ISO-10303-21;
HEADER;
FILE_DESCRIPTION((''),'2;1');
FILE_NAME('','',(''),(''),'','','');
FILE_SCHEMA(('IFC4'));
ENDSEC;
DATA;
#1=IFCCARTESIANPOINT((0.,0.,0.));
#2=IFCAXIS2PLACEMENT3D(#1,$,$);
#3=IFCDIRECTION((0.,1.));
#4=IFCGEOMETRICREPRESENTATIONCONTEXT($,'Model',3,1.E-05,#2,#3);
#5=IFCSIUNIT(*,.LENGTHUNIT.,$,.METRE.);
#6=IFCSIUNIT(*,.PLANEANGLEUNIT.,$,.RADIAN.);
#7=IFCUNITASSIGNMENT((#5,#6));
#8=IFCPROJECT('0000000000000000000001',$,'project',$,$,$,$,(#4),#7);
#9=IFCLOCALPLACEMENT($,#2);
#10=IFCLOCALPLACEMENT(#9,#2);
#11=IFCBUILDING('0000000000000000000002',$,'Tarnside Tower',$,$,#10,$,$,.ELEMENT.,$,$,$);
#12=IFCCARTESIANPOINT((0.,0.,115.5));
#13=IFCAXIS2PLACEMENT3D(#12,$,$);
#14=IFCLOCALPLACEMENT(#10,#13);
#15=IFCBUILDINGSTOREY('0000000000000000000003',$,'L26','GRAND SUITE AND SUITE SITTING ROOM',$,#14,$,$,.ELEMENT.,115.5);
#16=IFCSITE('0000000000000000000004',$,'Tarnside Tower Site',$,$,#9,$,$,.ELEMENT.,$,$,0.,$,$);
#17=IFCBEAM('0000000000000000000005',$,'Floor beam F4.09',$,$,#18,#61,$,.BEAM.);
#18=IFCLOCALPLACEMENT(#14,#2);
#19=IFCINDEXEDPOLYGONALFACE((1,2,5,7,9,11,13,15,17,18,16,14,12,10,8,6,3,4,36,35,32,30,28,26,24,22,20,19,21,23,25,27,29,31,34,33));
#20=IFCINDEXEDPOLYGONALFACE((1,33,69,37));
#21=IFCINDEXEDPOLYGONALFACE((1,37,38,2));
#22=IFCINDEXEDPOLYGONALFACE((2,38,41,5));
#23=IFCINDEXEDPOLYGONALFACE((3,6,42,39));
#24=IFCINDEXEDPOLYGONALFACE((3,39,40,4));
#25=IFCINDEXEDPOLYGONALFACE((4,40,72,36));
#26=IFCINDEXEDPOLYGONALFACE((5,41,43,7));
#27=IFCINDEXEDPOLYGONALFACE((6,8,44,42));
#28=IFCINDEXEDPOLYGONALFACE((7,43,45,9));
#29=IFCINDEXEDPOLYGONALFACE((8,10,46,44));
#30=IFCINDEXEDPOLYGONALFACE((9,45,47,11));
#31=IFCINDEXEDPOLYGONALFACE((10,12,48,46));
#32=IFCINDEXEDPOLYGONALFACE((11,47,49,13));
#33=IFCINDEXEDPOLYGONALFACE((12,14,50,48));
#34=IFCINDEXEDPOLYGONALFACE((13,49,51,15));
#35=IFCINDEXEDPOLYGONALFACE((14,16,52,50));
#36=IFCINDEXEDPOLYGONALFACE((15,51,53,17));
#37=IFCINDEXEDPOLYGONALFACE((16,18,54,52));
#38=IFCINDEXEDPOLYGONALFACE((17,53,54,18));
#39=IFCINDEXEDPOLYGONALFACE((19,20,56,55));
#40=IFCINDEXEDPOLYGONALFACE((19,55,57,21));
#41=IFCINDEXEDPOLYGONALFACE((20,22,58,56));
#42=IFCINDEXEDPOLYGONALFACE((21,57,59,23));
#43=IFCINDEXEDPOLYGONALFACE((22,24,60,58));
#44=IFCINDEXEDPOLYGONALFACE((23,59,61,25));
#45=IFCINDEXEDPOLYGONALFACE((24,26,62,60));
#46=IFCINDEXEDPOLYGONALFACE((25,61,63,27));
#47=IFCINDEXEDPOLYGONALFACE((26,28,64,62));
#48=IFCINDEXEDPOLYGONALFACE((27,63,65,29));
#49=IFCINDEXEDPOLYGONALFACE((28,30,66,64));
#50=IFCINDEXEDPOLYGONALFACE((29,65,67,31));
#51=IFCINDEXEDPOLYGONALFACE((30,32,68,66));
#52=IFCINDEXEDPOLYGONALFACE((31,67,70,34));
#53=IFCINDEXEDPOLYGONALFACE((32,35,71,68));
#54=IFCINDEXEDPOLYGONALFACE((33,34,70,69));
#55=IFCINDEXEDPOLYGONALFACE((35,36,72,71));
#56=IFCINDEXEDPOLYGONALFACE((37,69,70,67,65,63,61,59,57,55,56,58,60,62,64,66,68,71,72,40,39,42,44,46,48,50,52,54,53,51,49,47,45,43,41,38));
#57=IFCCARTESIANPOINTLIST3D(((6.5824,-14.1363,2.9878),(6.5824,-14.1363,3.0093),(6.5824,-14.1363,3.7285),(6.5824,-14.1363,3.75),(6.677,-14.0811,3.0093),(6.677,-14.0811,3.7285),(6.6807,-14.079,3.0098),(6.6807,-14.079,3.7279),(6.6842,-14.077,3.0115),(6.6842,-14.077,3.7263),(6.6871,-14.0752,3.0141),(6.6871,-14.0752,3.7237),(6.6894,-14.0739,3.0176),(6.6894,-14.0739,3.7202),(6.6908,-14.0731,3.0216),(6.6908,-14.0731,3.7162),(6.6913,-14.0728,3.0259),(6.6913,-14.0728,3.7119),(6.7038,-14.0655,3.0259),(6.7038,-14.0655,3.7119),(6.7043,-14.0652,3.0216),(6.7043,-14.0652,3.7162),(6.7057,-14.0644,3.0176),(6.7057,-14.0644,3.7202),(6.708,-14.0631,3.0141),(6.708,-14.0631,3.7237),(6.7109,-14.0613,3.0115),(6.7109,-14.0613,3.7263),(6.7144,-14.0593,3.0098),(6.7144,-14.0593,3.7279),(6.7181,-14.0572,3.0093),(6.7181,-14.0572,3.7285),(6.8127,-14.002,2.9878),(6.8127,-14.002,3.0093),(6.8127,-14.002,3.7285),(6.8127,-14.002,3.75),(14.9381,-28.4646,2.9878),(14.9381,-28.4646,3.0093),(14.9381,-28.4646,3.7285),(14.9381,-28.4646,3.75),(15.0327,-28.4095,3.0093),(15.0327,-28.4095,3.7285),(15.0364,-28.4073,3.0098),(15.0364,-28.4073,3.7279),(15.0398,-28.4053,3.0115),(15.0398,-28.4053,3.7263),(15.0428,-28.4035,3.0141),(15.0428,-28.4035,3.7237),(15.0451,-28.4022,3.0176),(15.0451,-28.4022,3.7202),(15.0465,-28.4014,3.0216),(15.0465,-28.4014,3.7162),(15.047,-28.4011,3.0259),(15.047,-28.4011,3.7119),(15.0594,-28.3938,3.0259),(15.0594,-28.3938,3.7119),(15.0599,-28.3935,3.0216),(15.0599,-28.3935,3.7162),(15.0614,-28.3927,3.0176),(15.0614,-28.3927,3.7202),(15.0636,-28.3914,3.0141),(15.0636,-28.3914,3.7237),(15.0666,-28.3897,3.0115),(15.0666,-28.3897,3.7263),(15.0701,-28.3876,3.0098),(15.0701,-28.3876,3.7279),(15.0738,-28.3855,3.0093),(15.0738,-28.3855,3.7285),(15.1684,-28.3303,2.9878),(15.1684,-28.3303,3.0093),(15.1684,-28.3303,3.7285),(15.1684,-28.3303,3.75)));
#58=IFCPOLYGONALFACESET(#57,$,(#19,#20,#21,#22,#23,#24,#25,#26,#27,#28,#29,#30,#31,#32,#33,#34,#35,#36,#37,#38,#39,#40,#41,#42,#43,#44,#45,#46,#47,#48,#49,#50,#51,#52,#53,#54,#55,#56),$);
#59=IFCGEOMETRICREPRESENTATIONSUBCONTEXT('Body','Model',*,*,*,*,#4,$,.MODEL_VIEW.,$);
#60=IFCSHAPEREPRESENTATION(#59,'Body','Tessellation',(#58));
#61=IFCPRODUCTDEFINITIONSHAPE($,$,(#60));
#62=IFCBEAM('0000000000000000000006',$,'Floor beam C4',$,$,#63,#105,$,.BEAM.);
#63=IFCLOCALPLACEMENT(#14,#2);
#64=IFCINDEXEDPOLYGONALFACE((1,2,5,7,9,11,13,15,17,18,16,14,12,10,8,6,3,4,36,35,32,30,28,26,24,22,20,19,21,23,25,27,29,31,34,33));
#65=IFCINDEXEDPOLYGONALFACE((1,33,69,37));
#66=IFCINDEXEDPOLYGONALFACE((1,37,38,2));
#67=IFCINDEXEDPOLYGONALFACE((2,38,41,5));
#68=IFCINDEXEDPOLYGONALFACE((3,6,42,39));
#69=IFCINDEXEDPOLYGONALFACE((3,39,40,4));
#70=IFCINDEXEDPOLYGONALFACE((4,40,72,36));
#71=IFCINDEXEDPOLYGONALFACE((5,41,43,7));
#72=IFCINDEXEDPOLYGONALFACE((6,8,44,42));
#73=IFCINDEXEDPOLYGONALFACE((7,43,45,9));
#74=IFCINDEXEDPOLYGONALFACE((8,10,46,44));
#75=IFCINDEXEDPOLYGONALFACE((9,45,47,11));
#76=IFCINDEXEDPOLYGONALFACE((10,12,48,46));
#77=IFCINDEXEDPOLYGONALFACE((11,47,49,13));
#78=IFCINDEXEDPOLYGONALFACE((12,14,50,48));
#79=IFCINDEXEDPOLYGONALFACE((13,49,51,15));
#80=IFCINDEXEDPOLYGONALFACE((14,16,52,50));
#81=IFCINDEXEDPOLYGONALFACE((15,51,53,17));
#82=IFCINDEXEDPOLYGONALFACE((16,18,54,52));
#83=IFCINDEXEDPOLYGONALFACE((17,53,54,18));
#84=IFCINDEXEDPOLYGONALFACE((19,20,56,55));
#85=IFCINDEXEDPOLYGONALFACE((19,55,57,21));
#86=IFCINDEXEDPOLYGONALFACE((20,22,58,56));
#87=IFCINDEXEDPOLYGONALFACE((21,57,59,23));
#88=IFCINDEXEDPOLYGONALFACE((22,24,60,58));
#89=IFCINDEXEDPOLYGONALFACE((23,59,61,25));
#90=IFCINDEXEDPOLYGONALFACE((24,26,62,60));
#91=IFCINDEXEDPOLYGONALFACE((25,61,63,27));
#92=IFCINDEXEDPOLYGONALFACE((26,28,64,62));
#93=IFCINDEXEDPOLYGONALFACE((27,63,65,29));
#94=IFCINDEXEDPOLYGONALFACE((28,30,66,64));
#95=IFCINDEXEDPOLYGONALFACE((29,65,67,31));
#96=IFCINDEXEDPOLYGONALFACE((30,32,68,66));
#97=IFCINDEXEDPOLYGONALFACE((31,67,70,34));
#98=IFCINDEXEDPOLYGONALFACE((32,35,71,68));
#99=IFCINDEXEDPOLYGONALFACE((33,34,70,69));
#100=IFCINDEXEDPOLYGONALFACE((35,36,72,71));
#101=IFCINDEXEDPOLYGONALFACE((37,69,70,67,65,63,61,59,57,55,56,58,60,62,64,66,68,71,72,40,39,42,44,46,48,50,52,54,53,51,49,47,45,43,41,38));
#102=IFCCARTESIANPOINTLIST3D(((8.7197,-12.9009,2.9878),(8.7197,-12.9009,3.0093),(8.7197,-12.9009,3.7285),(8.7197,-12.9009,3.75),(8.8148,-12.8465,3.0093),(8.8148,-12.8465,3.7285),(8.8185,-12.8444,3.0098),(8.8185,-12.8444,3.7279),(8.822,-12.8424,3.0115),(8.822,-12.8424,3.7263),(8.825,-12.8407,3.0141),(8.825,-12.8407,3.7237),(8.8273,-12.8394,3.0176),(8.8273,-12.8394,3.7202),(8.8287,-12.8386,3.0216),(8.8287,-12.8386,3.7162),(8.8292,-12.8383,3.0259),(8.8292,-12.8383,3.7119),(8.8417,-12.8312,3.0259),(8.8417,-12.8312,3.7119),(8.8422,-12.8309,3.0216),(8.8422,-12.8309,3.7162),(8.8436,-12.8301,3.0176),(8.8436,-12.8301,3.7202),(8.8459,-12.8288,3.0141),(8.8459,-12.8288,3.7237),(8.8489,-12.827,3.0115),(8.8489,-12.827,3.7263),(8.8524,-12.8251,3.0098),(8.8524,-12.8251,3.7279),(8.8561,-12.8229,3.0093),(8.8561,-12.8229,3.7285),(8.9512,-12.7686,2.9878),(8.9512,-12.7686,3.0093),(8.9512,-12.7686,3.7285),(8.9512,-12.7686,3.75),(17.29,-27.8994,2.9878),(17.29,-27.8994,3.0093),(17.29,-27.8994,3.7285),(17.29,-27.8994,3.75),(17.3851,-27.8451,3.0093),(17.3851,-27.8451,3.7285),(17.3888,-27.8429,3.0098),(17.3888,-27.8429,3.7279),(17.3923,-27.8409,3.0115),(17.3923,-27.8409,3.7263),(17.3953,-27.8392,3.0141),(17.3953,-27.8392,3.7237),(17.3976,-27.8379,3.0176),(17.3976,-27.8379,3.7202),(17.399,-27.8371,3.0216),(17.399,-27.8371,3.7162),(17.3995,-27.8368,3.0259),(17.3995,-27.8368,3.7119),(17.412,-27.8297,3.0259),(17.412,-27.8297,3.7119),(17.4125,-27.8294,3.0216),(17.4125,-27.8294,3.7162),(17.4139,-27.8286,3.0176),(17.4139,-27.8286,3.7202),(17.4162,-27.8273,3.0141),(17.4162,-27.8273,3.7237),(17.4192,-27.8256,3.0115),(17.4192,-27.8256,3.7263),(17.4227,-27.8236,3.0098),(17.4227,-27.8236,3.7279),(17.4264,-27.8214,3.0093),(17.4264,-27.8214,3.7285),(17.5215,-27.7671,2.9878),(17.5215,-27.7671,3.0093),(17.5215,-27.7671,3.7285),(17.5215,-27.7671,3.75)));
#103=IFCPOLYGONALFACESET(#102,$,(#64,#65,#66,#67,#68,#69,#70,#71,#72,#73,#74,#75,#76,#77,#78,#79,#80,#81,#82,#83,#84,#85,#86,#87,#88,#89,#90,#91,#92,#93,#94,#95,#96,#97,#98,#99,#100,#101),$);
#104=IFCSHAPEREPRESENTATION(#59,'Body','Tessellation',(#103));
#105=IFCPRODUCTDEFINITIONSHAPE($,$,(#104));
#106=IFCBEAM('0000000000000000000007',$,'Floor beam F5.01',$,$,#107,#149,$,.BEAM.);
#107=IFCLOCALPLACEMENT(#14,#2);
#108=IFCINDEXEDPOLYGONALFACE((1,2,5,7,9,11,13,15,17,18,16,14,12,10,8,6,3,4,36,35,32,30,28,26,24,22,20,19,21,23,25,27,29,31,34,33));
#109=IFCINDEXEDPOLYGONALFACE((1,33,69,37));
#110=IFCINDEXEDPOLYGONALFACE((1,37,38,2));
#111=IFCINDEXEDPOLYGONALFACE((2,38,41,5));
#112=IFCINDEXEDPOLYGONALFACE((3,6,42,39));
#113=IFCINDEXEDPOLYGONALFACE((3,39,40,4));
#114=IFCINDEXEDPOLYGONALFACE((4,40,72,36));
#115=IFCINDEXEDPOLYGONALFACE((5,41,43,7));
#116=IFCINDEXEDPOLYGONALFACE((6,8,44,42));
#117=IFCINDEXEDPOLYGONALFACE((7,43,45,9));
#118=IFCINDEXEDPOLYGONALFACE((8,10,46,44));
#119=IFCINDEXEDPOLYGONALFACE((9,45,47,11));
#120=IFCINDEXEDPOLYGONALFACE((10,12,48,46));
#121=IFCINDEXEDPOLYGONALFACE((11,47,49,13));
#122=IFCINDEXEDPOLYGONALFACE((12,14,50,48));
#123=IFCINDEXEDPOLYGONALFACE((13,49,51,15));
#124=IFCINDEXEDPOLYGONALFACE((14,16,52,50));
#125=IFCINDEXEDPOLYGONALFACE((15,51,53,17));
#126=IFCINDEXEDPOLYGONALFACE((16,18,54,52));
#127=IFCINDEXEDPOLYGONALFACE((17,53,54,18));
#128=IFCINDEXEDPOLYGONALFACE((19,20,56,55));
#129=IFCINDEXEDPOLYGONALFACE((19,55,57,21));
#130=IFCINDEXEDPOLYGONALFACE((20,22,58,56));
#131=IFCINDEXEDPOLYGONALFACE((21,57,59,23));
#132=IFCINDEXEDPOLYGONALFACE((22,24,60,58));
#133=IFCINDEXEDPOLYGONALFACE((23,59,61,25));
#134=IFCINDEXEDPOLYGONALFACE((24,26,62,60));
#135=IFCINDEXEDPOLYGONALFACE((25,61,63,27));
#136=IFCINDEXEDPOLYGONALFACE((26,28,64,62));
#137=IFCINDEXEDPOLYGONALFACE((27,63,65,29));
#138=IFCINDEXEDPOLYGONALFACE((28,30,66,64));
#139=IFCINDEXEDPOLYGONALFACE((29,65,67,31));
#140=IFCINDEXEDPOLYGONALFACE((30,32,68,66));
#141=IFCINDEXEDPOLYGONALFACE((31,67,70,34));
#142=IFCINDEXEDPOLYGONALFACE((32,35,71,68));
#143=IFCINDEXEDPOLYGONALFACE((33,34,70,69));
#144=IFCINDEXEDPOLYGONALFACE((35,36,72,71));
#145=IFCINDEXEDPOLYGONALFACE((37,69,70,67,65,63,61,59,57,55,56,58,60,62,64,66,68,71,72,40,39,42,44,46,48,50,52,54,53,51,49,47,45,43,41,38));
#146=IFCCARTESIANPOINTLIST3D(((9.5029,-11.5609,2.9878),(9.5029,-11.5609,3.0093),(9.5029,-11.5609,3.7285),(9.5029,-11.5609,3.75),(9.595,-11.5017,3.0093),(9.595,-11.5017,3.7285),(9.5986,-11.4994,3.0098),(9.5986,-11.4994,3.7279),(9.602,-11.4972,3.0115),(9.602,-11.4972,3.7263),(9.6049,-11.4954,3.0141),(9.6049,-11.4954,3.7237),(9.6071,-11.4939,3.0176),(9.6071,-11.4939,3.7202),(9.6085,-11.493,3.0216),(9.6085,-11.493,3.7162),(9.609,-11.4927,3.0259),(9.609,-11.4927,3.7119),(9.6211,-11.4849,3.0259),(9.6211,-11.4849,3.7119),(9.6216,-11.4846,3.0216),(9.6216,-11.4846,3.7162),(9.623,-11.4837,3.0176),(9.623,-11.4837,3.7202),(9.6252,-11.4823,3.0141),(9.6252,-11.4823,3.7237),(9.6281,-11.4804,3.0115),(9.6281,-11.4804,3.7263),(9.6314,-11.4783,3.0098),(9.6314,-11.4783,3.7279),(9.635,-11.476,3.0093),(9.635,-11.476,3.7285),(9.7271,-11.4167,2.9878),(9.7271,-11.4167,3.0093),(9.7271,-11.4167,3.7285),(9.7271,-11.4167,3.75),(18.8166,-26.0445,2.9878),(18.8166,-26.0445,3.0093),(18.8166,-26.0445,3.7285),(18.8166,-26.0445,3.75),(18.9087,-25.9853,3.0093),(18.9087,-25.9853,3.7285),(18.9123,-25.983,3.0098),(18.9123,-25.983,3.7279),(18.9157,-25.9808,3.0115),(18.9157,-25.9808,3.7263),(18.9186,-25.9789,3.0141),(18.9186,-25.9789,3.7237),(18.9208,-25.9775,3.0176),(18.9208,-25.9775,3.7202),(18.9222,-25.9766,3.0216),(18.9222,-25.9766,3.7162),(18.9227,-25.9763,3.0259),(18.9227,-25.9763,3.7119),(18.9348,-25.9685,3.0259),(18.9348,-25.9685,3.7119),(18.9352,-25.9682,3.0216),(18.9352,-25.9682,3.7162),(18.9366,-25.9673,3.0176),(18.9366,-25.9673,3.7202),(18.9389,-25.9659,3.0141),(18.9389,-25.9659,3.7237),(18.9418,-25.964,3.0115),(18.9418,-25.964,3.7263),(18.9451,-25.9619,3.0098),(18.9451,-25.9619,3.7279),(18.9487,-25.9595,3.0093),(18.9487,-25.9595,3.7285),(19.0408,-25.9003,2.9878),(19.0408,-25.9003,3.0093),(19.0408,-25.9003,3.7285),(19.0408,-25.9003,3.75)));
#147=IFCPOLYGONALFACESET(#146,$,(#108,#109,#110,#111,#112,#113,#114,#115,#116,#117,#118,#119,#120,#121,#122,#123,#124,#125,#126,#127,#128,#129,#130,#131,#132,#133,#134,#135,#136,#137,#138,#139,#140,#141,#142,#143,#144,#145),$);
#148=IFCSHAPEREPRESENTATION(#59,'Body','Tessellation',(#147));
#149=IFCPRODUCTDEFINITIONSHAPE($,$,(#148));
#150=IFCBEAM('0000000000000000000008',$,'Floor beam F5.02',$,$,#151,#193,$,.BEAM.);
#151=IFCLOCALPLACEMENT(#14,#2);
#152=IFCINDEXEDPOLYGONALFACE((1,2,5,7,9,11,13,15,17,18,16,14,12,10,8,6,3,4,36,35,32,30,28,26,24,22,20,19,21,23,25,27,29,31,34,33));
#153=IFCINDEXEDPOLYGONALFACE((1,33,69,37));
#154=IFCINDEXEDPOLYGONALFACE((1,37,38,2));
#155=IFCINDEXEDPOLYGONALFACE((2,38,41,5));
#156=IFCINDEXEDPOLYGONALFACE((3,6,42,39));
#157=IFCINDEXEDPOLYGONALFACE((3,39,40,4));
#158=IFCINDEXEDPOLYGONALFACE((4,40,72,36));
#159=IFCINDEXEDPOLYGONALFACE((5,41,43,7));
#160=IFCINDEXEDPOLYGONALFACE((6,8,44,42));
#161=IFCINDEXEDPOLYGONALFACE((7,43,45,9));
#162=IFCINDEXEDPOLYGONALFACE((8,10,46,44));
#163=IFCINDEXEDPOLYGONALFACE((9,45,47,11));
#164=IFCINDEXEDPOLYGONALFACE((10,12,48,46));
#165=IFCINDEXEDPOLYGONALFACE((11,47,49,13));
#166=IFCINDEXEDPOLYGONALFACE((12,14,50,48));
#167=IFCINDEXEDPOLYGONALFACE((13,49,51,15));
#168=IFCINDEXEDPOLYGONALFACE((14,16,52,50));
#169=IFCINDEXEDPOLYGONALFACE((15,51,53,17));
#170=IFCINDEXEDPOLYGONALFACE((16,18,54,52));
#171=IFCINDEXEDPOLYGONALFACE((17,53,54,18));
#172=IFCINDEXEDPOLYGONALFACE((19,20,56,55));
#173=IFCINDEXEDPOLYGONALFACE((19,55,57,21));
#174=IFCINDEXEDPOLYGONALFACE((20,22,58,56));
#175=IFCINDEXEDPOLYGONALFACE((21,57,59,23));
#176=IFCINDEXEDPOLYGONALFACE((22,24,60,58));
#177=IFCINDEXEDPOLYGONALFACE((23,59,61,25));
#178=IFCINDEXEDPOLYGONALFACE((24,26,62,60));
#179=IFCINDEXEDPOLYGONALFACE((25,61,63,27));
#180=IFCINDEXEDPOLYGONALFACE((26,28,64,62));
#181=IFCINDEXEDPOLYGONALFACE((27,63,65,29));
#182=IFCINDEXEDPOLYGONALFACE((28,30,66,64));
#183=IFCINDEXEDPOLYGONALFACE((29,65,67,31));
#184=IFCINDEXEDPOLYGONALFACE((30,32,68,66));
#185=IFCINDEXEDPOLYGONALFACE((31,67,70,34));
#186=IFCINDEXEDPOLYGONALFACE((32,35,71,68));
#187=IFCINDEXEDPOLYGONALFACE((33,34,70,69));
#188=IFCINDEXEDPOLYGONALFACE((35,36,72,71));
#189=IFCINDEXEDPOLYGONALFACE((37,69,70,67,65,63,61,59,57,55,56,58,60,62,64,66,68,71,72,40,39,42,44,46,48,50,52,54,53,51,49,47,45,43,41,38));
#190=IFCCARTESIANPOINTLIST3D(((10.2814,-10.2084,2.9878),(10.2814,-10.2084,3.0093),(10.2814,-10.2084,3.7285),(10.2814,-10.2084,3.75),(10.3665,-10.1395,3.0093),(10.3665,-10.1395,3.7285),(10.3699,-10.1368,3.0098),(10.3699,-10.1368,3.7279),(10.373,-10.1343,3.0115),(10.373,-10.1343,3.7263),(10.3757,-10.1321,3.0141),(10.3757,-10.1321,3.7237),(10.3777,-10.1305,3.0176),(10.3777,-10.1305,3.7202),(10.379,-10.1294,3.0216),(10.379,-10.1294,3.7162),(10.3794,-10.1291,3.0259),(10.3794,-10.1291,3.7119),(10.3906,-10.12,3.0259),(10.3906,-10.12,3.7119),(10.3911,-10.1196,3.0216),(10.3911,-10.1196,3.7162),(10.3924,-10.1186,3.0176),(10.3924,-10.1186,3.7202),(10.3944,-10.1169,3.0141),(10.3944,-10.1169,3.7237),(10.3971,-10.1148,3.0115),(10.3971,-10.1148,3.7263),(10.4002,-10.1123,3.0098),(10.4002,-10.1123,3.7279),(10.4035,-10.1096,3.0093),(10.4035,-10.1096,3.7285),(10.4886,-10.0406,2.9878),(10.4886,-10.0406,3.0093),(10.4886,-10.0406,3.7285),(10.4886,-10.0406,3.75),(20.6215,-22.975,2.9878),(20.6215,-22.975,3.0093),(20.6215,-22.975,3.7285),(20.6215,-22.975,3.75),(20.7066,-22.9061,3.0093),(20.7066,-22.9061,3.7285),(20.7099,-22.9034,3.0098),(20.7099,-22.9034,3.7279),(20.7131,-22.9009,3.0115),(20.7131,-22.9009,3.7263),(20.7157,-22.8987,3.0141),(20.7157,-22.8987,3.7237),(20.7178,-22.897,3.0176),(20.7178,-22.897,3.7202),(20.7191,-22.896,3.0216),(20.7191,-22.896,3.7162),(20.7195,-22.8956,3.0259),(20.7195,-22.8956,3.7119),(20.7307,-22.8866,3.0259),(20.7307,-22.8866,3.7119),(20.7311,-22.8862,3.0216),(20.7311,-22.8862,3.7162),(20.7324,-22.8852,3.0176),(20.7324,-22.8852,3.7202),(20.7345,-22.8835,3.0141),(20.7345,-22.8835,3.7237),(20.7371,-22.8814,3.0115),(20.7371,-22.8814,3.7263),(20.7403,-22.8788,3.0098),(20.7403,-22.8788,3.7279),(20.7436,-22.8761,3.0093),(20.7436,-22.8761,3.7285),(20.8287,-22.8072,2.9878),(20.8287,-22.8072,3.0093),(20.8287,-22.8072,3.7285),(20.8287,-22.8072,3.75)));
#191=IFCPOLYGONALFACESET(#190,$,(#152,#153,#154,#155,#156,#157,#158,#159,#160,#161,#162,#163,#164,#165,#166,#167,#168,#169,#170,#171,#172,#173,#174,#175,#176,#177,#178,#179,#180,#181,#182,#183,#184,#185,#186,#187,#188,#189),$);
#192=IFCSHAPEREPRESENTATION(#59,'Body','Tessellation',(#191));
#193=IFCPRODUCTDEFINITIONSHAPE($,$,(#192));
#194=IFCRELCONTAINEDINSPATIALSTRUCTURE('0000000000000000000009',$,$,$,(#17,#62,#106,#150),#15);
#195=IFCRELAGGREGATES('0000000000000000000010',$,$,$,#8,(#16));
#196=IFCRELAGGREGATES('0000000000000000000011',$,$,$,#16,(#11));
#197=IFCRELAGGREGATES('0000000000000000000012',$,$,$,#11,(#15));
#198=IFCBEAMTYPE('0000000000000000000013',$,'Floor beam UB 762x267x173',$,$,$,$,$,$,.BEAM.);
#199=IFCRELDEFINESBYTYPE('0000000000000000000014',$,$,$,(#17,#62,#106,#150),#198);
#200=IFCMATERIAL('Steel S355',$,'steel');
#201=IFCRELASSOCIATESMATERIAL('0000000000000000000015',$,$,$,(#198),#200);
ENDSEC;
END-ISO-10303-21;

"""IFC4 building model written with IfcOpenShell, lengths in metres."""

from ifc_helpers import new_model, si_unit, direction, frame, origin, origin_2d, place, context, subcontext, project, spatial, i_section, extrude, material, material_profile, profile_set, type_object, element, save


model = new_model("IFC4")

# Units and contexts
model_context = context("Model", 3, precision=1e-05, world=origin(), true_north=direction((0.0, 1.0)))
body_context = subcontext(model_context, "Body", "Model", "MODEL_VIEW")
ifc_project = project(units=[si_unit("LENGTHUNIT", "METRE"), si_unit("PLANEANGLEUNIT", "RADIAN")], contexts=[model_context])

# Site, building, storey
site_placement = place(None, origin())
site = spatial("IfcSite", under=ifc_project, at=site_placement, Name="Tarnside Tower Site", CompositionType="ELEMENT", RefElevation=0.0)
building_placement = place(site_placement, origin())
building = spatial("IfcBuilding", under=site, at=building_placement, Name="Tarnside Tower", CompositionType="ELEMENT")
storey_placement = place(building_placement, frame((0.0, 0.0, 115.5)))
storey = spatial("IfcBuildingStorey", under=building, at=storey_placement, Name="L26", Description="GRAND SUITE AND SUITE SITTING ROOM", CompositionType="ELEMENT", Elevation=115.5)

# Beams
ifc_material_1 = material(Name="Steel S355", Category="steel")
ifc_material_profile = material_profile(ifc_material_1, i_section(OverallWidth=0.2666, OverallDepth=0.7622, WebThickness=0.0144, FlangeThickness=0.0215, FilletRadius=0.0166, at=origin_2d()), Name="UB 762x267x173")
ifc_profile_set = profile_set([ifc_material_profile], Name="Steel S355")
beam_type = type_object("IfcBeamType", Name="Floor beam UB 762x267x173", PredefinedType="BEAM", material=ifc_profile_set)
beam_1_placement = place(storey_placement, frame((15.0532, -28.3975, 3.3689), z_axis=(-0.503758, 0.863845, 0.0), x_axis=(-0.863845, -0.503758, 0.0)))
element("IfcBeam", 1, at=beam_1_placement, inside=storey, type_object=beam_type, Name="Floor beam F4.09", PredefinedType="BEAM", context=body_context, shape_type="SweptSolid", body=[
    extrude(i_section(OverallWidth=0.2666, OverallDepth=0.7622, WebThickness=0.0144, FlangeThickness=0.0215, FilletRadius=0.0166, at=origin_2d()), origin(), (0.0, 0.0, 1.0), 16.5867),
])
beam_2_placement = place(storey_placement, frame((17.4058, -27.8333, 3.3689), z_axis=(-0.496127, 0.86825, 0.0), x_axis=(-0.86825, -0.496127, 0.0)))
element("IfcBeam", 2, at=beam_2_placement, inside=storey, type_object=beam_type, Name="Floor beam C4", PredefinedType="BEAM", context=body_context, shape_type="SweptSolid", body=[
    extrude(i_section(OverallWidth=0.2666, OverallDepth=0.7622, WebThickness=0.0144, FlangeThickness=0.0215, FilletRadius=0.0166, at=origin_2d()), origin(), (0.0, 0.0, 1.0), 17.2744),
])
beam_3_placement = place(storey_placement, frame((18.9287, -25.9724, 3.3689), z_axis=(-0.540873, 0.841104, 0.0), x_axis=(-0.841104, -0.540873, 0.0)))
element("IfcBeam", 3, at=beam_3_placement, inside=storey, type_object=beam_type, Name="Floor beam F5.01", PredefinedType="BEAM", context=body_context, shape_type="SweptSolid", body=[
    extrude(i_section(OverallWidth=0.2666, OverallDepth=0.7622, WebThickness=0.0144, FlangeThickness=0.0215, FilletRadius=0.0166, at=origin_2d()), origin(), (0.0, 0.0, 1.0), 17.2197),
])
beam_4_placement = place(storey_placement, frame((20.7251, -22.8911, 3.3689), z_axis=(-0.62939, 0.777089, 0.0), x_axis=(-0.777089, -0.62939, 0.0)))
element("IfcBeam", 4, at=beam_4_placement, inside=storey, type_object=beam_type, Name="Floor beam F5.02", PredefinedType="BEAM", context=body_context, shape_type="SweptSolid", body=[
    extrude(i_section(OverallWidth=0.2666, OverallDepth=0.7622, WebThickness=0.0144, FlangeThickness=0.0215, FilletRadius=0.0166, at=origin_2d()), origin(), (0.0, 0.0, 1.0), 16.4287),
])

save(model, "model.ifc")
